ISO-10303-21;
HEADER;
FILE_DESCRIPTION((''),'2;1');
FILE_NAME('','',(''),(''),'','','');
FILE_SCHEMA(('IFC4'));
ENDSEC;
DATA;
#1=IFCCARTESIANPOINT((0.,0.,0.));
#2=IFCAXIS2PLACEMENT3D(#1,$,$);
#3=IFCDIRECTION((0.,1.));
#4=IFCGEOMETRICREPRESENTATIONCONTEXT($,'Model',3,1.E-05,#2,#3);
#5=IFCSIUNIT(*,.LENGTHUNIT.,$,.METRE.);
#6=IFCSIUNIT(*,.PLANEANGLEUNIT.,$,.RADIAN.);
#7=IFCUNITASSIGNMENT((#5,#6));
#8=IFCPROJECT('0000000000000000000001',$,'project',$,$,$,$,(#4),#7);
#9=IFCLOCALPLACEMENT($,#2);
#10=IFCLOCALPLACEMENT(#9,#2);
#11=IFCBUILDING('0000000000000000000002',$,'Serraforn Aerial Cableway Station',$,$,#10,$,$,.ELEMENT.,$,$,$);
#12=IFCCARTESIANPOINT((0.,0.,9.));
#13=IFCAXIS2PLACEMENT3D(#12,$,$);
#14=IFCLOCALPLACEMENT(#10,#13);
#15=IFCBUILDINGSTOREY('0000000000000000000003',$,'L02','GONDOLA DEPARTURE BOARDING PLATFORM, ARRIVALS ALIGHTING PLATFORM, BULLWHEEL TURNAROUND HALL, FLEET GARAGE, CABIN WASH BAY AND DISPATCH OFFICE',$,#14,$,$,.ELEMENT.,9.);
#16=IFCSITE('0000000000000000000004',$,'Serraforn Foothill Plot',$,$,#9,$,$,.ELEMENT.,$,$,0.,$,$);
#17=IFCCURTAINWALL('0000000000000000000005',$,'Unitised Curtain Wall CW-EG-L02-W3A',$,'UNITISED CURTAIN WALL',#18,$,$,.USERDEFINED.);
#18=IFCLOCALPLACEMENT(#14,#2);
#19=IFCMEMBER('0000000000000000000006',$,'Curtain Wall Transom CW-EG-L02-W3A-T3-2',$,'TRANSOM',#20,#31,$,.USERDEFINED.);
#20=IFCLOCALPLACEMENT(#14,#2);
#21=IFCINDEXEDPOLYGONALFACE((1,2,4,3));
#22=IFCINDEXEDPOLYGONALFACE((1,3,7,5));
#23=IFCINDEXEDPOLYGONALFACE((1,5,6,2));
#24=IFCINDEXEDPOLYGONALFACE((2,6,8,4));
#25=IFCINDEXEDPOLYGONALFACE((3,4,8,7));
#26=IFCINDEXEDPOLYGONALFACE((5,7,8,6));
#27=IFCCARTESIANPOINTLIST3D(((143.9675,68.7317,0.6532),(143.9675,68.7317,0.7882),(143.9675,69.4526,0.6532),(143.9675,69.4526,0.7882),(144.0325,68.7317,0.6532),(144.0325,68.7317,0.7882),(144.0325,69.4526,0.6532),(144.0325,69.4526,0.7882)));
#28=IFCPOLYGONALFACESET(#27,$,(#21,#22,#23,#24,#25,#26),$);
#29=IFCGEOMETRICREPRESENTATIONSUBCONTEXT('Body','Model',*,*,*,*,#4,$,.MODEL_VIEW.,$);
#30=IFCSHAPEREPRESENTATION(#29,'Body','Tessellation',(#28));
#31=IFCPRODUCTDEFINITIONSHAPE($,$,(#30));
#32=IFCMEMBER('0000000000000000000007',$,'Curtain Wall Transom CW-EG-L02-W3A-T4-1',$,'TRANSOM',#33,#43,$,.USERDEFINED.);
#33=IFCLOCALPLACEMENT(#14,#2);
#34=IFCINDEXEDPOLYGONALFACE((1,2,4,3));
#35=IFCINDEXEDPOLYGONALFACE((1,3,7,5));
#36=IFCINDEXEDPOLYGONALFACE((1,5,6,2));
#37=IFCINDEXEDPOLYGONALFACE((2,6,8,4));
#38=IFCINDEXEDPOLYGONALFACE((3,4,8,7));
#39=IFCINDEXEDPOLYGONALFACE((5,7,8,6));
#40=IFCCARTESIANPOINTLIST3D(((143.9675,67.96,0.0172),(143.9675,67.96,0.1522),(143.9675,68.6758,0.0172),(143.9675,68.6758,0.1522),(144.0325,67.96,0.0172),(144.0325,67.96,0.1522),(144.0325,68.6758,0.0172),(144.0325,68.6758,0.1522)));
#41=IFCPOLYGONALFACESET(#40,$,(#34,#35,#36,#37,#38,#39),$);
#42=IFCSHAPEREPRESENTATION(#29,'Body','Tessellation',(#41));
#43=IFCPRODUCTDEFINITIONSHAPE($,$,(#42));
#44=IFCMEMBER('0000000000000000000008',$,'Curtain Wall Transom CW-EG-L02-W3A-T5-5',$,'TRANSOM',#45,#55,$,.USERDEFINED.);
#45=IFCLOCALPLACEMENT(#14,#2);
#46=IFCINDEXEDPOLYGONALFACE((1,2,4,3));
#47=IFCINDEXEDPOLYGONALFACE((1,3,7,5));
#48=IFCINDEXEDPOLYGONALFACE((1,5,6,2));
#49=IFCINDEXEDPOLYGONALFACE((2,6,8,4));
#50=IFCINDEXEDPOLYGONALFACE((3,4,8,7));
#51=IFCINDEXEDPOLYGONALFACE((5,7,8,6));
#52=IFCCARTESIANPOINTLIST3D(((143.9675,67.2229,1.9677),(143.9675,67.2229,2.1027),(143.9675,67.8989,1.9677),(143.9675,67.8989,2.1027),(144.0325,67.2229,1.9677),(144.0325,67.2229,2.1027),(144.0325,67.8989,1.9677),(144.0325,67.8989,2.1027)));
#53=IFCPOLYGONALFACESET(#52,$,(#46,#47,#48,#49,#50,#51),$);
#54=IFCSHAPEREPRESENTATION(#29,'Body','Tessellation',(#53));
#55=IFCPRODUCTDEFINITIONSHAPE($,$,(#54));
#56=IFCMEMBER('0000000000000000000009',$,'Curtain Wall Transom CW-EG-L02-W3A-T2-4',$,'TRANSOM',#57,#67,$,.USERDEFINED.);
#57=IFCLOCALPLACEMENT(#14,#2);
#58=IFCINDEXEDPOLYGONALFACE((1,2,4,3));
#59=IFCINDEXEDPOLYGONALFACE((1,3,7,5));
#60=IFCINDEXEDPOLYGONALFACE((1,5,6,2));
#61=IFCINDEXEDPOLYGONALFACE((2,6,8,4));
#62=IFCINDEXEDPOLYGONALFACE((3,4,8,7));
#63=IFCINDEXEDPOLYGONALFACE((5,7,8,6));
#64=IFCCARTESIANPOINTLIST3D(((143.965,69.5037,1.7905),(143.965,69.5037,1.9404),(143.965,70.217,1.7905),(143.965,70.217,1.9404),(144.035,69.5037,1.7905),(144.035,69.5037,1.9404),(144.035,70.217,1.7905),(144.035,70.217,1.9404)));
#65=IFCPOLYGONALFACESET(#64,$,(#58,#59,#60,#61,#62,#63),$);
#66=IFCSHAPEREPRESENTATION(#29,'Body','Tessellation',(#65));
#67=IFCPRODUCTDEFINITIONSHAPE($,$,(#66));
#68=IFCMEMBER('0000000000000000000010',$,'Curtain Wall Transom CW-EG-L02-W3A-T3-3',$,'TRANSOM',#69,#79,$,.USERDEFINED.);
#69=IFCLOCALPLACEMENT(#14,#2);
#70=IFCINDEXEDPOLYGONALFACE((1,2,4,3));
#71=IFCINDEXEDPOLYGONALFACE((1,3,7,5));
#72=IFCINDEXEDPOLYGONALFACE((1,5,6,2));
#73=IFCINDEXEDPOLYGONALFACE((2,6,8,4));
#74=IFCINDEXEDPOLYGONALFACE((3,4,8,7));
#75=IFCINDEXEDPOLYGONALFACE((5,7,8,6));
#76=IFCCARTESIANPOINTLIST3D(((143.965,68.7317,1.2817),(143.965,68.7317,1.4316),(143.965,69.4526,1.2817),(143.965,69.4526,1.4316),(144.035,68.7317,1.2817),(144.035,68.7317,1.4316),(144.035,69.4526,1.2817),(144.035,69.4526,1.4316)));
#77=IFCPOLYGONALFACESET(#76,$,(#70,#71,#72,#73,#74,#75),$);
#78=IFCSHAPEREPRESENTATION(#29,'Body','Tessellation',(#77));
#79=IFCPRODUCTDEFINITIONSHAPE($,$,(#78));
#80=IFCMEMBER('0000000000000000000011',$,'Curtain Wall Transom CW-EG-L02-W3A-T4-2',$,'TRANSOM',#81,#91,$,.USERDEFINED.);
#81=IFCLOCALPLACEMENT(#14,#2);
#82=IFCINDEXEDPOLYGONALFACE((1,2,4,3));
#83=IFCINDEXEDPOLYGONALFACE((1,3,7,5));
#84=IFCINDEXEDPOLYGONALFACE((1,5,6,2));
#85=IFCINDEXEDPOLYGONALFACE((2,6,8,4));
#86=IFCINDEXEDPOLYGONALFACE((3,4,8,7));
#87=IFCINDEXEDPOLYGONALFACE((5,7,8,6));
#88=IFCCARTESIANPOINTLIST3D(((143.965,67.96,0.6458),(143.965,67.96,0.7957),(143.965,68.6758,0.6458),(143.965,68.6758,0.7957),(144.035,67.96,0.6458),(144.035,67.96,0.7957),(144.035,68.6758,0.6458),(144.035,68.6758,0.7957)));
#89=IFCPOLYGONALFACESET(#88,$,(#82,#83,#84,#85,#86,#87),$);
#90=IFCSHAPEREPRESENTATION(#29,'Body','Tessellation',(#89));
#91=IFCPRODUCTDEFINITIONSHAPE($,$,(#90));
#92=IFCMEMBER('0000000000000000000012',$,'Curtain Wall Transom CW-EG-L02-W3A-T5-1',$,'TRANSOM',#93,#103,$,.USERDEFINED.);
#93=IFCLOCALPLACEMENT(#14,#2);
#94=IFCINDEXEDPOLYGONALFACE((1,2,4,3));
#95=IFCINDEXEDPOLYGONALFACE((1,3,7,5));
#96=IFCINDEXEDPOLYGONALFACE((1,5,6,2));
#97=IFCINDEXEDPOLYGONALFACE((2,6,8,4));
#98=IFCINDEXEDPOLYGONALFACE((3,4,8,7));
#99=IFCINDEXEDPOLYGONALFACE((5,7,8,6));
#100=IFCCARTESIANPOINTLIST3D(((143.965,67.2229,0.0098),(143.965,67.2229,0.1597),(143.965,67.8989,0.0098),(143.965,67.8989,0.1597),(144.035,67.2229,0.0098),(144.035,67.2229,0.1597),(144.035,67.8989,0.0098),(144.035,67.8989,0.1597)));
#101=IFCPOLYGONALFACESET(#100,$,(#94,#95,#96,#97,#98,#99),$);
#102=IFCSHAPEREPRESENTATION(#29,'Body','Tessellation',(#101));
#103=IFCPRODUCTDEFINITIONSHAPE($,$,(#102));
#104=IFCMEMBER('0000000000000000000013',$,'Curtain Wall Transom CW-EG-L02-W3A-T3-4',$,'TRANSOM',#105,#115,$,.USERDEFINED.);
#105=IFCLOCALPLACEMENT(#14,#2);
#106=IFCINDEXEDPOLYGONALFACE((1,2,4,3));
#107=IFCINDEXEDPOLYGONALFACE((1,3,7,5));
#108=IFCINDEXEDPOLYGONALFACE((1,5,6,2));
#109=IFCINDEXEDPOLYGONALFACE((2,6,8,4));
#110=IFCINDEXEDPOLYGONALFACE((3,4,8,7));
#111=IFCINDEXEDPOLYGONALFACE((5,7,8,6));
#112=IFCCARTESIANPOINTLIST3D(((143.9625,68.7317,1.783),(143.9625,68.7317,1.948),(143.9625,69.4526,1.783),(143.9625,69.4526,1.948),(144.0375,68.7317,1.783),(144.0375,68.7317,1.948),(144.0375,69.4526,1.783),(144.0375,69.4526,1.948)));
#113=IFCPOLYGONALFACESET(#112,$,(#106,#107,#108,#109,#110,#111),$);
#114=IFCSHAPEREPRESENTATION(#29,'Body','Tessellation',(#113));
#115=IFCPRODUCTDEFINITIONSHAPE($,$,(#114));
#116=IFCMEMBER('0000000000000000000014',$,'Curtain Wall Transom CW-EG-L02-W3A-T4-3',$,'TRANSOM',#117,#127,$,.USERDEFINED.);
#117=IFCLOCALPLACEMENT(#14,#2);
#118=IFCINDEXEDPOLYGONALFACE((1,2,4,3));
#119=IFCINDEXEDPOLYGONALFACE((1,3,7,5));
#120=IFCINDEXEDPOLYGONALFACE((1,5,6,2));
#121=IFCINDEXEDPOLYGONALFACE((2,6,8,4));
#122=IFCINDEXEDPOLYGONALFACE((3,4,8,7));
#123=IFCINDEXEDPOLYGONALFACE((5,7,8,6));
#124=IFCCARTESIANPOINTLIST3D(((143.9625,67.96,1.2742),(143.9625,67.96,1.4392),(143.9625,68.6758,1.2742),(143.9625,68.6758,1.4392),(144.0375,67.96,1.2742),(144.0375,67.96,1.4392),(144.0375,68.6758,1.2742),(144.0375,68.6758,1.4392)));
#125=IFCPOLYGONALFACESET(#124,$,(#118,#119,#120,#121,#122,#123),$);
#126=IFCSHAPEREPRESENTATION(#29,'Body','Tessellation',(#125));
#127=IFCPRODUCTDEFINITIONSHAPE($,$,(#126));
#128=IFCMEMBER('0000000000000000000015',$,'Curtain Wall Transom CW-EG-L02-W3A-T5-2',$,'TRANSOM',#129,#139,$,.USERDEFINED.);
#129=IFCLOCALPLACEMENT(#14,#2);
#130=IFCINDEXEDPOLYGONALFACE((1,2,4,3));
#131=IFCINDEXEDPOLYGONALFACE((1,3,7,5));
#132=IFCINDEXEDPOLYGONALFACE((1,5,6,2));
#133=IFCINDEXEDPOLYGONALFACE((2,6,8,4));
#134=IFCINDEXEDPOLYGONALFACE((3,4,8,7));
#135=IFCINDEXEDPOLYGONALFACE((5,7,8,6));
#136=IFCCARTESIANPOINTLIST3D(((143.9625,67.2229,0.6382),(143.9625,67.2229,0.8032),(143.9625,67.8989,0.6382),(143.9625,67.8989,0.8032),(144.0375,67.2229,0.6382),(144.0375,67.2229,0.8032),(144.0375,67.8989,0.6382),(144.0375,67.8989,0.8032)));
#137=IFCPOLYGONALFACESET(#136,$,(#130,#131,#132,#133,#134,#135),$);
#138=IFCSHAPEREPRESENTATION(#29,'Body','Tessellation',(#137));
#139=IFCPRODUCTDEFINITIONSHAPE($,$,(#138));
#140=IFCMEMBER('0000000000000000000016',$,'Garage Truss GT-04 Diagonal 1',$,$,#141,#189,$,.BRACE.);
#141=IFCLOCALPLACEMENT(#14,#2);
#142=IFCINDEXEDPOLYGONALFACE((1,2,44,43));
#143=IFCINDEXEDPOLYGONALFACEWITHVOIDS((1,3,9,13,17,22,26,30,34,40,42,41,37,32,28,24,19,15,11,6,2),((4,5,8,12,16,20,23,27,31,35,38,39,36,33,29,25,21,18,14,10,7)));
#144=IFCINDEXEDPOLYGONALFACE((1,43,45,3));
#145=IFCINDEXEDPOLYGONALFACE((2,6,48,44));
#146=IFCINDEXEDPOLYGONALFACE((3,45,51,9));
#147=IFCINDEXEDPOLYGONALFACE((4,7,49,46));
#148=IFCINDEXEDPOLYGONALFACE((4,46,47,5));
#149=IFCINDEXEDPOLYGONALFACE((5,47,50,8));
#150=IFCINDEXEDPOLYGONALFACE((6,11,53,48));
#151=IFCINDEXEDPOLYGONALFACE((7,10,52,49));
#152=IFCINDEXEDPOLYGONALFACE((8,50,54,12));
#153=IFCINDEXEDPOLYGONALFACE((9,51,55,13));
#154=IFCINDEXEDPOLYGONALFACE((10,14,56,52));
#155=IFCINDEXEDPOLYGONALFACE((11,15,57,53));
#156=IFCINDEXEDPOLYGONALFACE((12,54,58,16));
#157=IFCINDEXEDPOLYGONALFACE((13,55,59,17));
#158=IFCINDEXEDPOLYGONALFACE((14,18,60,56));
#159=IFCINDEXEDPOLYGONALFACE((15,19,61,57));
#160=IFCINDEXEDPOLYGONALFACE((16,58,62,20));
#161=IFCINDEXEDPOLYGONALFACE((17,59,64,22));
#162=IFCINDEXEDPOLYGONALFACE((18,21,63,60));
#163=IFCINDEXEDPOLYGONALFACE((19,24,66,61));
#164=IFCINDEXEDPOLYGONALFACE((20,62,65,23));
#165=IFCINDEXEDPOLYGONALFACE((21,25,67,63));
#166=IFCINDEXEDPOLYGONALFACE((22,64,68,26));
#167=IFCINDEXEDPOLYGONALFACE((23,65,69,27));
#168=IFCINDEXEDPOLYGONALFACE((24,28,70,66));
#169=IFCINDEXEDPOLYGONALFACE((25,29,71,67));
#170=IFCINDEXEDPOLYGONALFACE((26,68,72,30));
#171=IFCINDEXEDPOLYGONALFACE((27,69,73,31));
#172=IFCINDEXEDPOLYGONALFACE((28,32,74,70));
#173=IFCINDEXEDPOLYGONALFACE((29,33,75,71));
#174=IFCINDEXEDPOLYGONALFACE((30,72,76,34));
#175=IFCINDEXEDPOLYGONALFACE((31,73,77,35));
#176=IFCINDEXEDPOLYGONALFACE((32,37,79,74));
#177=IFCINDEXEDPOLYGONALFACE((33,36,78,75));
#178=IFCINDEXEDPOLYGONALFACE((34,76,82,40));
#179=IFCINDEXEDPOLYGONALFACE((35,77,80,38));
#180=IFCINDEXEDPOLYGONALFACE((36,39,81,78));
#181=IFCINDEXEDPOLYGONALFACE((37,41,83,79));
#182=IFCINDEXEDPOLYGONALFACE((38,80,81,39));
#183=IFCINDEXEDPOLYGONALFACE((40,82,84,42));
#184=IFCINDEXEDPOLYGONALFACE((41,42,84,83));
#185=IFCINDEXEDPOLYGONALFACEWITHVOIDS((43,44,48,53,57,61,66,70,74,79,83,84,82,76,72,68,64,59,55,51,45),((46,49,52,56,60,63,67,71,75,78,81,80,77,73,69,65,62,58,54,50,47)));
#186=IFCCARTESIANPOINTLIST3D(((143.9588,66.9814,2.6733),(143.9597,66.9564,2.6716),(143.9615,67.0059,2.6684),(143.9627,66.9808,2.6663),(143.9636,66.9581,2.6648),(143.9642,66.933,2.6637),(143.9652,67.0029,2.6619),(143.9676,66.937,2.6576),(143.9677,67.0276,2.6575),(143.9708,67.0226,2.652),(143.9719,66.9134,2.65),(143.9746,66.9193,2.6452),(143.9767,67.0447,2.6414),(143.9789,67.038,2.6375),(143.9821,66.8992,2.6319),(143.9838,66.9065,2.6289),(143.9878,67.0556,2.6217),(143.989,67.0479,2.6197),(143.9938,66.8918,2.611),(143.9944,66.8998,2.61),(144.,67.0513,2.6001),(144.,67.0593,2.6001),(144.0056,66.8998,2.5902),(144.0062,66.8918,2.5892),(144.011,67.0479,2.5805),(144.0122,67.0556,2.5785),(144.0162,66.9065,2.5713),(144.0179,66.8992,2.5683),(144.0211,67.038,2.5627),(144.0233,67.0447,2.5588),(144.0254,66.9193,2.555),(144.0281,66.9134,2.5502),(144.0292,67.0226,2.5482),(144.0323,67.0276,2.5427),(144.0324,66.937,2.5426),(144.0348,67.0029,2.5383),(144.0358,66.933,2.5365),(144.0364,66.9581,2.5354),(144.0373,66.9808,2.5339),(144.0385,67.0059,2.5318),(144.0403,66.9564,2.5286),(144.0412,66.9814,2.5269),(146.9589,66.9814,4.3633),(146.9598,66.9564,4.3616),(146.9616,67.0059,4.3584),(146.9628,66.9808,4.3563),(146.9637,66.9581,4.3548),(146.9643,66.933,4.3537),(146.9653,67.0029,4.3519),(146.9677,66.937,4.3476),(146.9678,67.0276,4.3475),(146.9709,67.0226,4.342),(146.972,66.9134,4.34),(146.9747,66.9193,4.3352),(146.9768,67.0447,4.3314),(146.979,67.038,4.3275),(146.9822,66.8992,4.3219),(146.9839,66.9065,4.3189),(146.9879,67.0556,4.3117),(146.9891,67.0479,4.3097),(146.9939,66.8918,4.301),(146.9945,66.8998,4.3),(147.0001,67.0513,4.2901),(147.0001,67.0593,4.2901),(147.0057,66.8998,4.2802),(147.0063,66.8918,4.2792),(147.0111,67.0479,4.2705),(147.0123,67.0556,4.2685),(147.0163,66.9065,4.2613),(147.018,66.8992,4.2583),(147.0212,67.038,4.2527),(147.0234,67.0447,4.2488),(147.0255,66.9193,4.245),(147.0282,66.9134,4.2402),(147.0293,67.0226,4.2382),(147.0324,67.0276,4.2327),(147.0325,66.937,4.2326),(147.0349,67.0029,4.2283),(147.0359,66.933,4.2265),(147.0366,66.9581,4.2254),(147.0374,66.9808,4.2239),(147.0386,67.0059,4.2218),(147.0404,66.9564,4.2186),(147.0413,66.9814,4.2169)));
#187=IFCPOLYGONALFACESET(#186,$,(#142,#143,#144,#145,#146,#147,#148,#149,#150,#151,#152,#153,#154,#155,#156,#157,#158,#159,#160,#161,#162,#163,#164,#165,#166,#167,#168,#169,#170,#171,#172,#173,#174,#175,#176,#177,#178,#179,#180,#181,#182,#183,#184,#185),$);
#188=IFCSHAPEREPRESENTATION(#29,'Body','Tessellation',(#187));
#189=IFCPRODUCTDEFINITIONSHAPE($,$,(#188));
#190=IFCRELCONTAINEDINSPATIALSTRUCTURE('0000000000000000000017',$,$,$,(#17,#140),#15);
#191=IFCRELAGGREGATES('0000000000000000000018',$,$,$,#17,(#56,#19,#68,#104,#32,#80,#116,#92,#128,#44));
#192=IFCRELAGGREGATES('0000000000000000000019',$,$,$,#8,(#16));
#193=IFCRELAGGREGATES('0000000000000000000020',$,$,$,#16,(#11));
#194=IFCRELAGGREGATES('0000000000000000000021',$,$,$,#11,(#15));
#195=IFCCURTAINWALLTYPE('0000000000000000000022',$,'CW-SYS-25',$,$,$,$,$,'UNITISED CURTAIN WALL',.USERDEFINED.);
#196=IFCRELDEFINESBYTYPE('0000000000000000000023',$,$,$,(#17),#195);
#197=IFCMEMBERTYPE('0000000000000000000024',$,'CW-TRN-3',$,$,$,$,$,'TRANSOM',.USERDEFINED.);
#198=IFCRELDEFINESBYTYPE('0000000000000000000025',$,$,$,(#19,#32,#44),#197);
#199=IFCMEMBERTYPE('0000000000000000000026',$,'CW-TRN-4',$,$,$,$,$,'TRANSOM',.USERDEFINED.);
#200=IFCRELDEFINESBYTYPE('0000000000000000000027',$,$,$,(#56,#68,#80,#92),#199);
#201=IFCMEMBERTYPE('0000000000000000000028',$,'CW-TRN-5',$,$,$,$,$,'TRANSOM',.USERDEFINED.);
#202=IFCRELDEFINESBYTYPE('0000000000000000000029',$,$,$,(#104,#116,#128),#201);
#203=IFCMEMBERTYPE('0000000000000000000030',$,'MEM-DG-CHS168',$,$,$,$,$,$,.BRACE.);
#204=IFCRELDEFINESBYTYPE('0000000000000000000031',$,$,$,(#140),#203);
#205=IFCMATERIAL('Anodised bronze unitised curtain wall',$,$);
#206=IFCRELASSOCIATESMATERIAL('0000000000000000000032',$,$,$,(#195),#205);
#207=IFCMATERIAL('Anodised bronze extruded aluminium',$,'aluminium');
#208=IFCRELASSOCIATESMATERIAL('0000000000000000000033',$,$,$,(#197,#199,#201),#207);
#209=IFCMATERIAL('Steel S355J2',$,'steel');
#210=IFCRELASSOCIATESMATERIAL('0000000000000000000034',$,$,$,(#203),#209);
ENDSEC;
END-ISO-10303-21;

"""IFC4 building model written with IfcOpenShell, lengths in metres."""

from ifc_helpers import new_model, si_unit, direction, frame, origin, origin_2d, place, context, subcontext, project, spatial, rectangle, hollow_circle, extrude, material, material_profile, profile_set, type_object, element, aggregate, save


model = new_model("IFC4")

# Units and contexts
model_context = context("Model", 3, precision=1e-05, world=origin(), true_north=direction((0.0, 1.0)))
body_context = subcontext(model_context, "Body", "Model", "MODEL_VIEW")
ifc_project = project(units=[si_unit("LENGTHUNIT", "METRE"), si_unit("PLANEANGLEUNIT", "RADIAN")], contexts=[model_context])

# Site, building, storey
site_placement = place(None, origin())
site = spatial("IfcSite", under=ifc_project, at=site_placement, Name="Serraforn Foothill Plot", CompositionType="ELEMENT", RefElevation=0.0)
building_placement = place(site_placement, origin())
building = spatial("IfcBuilding", under=site, at=building_placement, Name="Serraforn Aerial Cableway Station", CompositionType="ELEMENT")
storey_placement = place(building_placement, frame((0.0, 0.0, 9.0)))
storey = spatial("IfcBuildingStorey", under=building, at=storey_placement, Name="L02", Description="GONDOLA DEPARTURE BOARDING PLATFORM, ARRIVALS ALIGHTING PLATFORM, BULLWHEEL TURNAROUND HALL, FLEET GARAGE, CABIN WASH BAY AND DISPATCH OFFICE", CompositionType="ELEMENT", Elevation=9.0)

# Curtain wall, members
ifc_material_1 = material(Name="Anodised bronze unitised curtain wall")
curtain_wall_type = type_object("IfcCurtainWallType", Name="CW-SYS-25", ElementType="UNITISED CURTAIN WALL", PredefinedType="USERDEFINED", material=ifc_material_1)
curtain_wall_placement = place(storey_placement, origin())
curtain_wall = element("IfcCurtainWall", 1, at=curtain_wall_placement, inside=storey, type_object=curtain_wall_type, Name="Unitised Curtain Wall CW-EG-L02-W3A", ObjectType="UNITISED CURTAIN WALL", PredefinedType="USERDEFINED")
ifc_material_2 = material(Name="Anodised bronze extruded aluminium", Category="aluminium")
ifc_material_profile_1 = material_profile(ifc_material_2, rectangle(XDim=0.0649, YDim=0.135, at=origin_2d()), Name="CW TRANSOM 65x135")
ifc_profile_set_1 = profile_set([ifc_material_profile_1], Name="Anodised bronze extruded aluminium")
member_type_1 = type_object("IfcMemberType", Name="CW-TRN-3", ElementType="TRANSOM", PredefinedType="USERDEFINED", material=ifc_profile_set_1)
member_1_placement = place(storey_placement, frame((144.0, 69.4526, 0.7207), z_axis=(0.0, -1.0, 0.0), x_axis=(1.0, 0.0, 0.0)))
member_1 = element("IfcMember", 2, at=member_1_placement, type_object=member_type_1, Name="Curtain Wall Transom CW-EG-L02-W3A-T3-2", ObjectType="TRANSOM", PredefinedType="USERDEFINED", context=body_context, shape_type="SweptSolid", body=[
    extrude(rectangle(XDim=0.0649, YDim=0.135, at=origin_2d()), origin(), (0.0, 0.0, 1.0), 0.7209),
])
member_2_placement = place(storey_placement, frame((144.0, 68.6758, 0.0847), z_axis=(0.0, -1.0, 0.0), x_axis=(1.0, 0.0, 0.0)))
member_2 = element("IfcMember", 3, at=member_2_placement, type_object=member_type_1, Name="Curtain Wall Transom CW-EG-L02-W3A-T4-1", ObjectType="TRANSOM", PredefinedType="USERDEFINED", context=body_context, shape_type="SweptSolid", body=[
    extrude(rectangle(XDim=0.0649, YDim=0.135, at=origin_2d()), origin(), (0.0, 0.0, 1.0), 0.7158),
])
member_3_placement = place(storey_placement, frame((144.0, 67.8989, 2.0352), z_axis=(0.0, -1.0, 0.0), x_axis=(1.0, 0.0, 0.0)))
member_3 = element("IfcMember", 4, at=member_3_placement, type_object=member_type_1, Name="Curtain Wall Transom CW-EG-L02-W3A-T5-5", ObjectType="TRANSOM", PredefinedType="USERDEFINED", context=body_context, shape_type="SweptSolid", body=[
    extrude(rectangle(XDim=0.0649, YDim=0.135, at=origin_2d()), origin(), (0.0, 0.0, 1.0), 0.676),
])
ifc_material_profile_2 = material_profile(ifc_material_2, rectangle(XDim=0.0701, YDim=0.1499, at=origin_2d()), Name="CW TRANSOM 70x150")
ifc_profile_set_2 = profile_set([ifc_material_profile_2], Name="Anodised bronze extruded aluminium")
member_type_2 = type_object("IfcMemberType", Name="CW-TRN-4", ElementType="TRANSOM", PredefinedType="USERDEFINED", material=ifc_profile_set_2)
member_4_placement = place(storey_placement, frame((144.0, 70.217, 1.8655), z_axis=(0.0, -1.0, 0.0), x_axis=(1.0, 0.0, 0.0)))
member_4 = element("IfcMember", 5, at=member_4_placement, type_object=member_type_2, Name="Curtain Wall Transom CW-EG-L02-W3A-T2-4", ObjectType="TRANSOM", PredefinedType="USERDEFINED", context=body_context, shape_type="SweptSolid", body=[
    extrude(rectangle(XDim=0.0701, YDim=0.1499, at=origin_2d()), origin(), (0.0, 0.0, 1.0), 0.7134),
])
member_5_placement = place(storey_placement, frame((144.0, 69.4526, 1.3567), z_axis=(0.0, -1.0, 0.0), x_axis=(1.0, 0.0, 0.0)))
member_5 = element("IfcMember", 6, at=member_5_placement, type_object=member_type_2, Name="Curtain Wall Transom CW-EG-L02-W3A-T3-3", ObjectType="TRANSOM", PredefinedType="USERDEFINED", context=body_context, shape_type="SweptSolid", body=[
    extrude(rectangle(XDim=0.0701, YDim=0.1499, at=origin_2d()), origin(), (0.0, 0.0, 1.0), 0.7209),
])
member_6_placement = place(storey_placement, frame((144.0, 68.6758, 0.7207), z_axis=(0.0, -1.0, 0.0), x_axis=(1.0, 0.0, 0.0)))
member_6 = element("IfcMember", 7, at=member_6_placement, type_object=member_type_2, Name="Curtain Wall Transom CW-EG-L02-W3A-T4-2", ObjectType="TRANSOM", PredefinedType="USERDEFINED", context=body_context, shape_type="SweptSolid", body=[
    extrude(rectangle(XDim=0.0701, YDim=0.1499, at=origin_2d()), origin(), (0.0, 0.0, 1.0), 0.7158),
])
member_7_placement = place(storey_placement, frame((144.0, 67.8989, 0.0847), z_axis=(0.0, -1.0, 0.0), x_axis=(1.0, 0.0, 0.0)))
member_7 = element("IfcMember", 8, at=member_7_placement, type_object=member_type_2, Name="Curtain Wall Transom CW-EG-L02-W3A-T5-1", ObjectType="TRANSOM", PredefinedType="USERDEFINED", context=body_context, shape_type="SweptSolid", body=[
    extrude(rectangle(XDim=0.0701, YDim=0.1499, at=origin_2d()), origin(), (0.0, 0.0, 1.0), 0.676),
])
ifc_material_profile_3 = material_profile(ifc_material_2, rectangle(XDim=0.075, YDim=0.165, at=origin_2d()), Name="CW TRANSOM 75x165")
ifc_profile_set_3 = profile_set([ifc_material_profile_3], Name="Anodised bronze extruded aluminium")
member_type_3 = type_object("IfcMemberType", Name="CW-TRN-5", ElementType="TRANSOM", PredefinedType="USERDEFINED", material=ifc_profile_set_3)
member_8_placement = place(storey_placement, frame((144.0, 69.4526, 1.8655), z_axis=(0.0, -1.0, 0.0), x_axis=(1.0, 0.0, 0.0)))
member_8 = element("IfcMember", 9, at=member_8_placement, type_object=member_type_3, Name="Curtain Wall Transom CW-EG-L02-W3A-T3-4", ObjectType="TRANSOM", PredefinedType="USERDEFINED", context=body_context, shape_type="SweptSolid", body=[
    extrude(rectangle(XDim=0.075, YDim=0.165, at=origin_2d()), origin(), (0.0, 0.0, 1.0), 0.7209),
])
member_9_placement = place(storey_placement, frame((144.0, 68.6758, 1.3567), z_axis=(0.0, -1.0, 0.0), x_axis=(1.0, 0.0, 0.0)))
member_9 = element("IfcMember", 10, at=member_9_placement, type_object=member_type_3, Name="Curtain Wall Transom CW-EG-L02-W3A-T4-3", ObjectType="TRANSOM", PredefinedType="USERDEFINED", context=body_context, shape_type="SweptSolid", body=[
    extrude(rectangle(XDim=0.075, YDim=0.165, at=origin_2d()), origin(), (0.0, 0.0, 1.0), 0.7158),
])
member_10_placement = place(storey_placement, frame((144.0, 67.8989, 0.7207), z_axis=(0.0, -1.0, 0.0), x_axis=(1.0, 0.0, 0.0)))
member_10 = element("IfcMember", 11, at=member_10_placement, type_object=member_type_3, Name="Curtain Wall Transom CW-EG-L02-W3A-T5-2", ObjectType="TRANSOM", PredefinedType="USERDEFINED", context=body_context, shape_type="SweptSolid", body=[
    extrude(rectangle(XDim=0.075, YDim=0.165, at=origin_2d()), origin(), (0.0, 0.0, 1.0), 0.676),
])

# Member
ifc_material_3 = material(Name="Steel S355J2", Category="steel")
ifc_material_profile_4 = material_profile(ifc_material_3, hollow_circle(Radius=0.0842, WallThickness=0.0081, at=origin_2d()), Name="CHS 168.3x8.0")
ifc_profile_set_4 = profile_set([ifc_material_profile_4], Name="Steel S355J2")
member_type_4 = type_object("IfcMemberType", Name="MEM-DG-CHS168", PredefinedType="BRACE", material=ifc_profile_set_4)
member_11_placement = place(storey_placement, frame((144.0, 66.9751, 2.6001), z_axis=(0.871272, 0.0, 0.4908), x_axis=(0.0, 1.0, 0.0)))
element("IfcMember", 12, at=member_11_placement, inside=storey, type_object=member_type_4, Name="Garage Truss GT-04 Diagonal 1", PredefinedType="BRACE", context=body_context, shape_type="SweptSolid", body=[
    extrude(hollow_circle(Radius=0.0842, WallThickness=0.0081, at=origin_2d()), origin(), (0.0, 0.0, 1.0), 3.4434),
])

aggregate(curtain_wall, [member_4, member_1, member_5, member_8, member_2, member_6, member_9, member_7, member_10, member_3])

save(model, "model.ifc")
